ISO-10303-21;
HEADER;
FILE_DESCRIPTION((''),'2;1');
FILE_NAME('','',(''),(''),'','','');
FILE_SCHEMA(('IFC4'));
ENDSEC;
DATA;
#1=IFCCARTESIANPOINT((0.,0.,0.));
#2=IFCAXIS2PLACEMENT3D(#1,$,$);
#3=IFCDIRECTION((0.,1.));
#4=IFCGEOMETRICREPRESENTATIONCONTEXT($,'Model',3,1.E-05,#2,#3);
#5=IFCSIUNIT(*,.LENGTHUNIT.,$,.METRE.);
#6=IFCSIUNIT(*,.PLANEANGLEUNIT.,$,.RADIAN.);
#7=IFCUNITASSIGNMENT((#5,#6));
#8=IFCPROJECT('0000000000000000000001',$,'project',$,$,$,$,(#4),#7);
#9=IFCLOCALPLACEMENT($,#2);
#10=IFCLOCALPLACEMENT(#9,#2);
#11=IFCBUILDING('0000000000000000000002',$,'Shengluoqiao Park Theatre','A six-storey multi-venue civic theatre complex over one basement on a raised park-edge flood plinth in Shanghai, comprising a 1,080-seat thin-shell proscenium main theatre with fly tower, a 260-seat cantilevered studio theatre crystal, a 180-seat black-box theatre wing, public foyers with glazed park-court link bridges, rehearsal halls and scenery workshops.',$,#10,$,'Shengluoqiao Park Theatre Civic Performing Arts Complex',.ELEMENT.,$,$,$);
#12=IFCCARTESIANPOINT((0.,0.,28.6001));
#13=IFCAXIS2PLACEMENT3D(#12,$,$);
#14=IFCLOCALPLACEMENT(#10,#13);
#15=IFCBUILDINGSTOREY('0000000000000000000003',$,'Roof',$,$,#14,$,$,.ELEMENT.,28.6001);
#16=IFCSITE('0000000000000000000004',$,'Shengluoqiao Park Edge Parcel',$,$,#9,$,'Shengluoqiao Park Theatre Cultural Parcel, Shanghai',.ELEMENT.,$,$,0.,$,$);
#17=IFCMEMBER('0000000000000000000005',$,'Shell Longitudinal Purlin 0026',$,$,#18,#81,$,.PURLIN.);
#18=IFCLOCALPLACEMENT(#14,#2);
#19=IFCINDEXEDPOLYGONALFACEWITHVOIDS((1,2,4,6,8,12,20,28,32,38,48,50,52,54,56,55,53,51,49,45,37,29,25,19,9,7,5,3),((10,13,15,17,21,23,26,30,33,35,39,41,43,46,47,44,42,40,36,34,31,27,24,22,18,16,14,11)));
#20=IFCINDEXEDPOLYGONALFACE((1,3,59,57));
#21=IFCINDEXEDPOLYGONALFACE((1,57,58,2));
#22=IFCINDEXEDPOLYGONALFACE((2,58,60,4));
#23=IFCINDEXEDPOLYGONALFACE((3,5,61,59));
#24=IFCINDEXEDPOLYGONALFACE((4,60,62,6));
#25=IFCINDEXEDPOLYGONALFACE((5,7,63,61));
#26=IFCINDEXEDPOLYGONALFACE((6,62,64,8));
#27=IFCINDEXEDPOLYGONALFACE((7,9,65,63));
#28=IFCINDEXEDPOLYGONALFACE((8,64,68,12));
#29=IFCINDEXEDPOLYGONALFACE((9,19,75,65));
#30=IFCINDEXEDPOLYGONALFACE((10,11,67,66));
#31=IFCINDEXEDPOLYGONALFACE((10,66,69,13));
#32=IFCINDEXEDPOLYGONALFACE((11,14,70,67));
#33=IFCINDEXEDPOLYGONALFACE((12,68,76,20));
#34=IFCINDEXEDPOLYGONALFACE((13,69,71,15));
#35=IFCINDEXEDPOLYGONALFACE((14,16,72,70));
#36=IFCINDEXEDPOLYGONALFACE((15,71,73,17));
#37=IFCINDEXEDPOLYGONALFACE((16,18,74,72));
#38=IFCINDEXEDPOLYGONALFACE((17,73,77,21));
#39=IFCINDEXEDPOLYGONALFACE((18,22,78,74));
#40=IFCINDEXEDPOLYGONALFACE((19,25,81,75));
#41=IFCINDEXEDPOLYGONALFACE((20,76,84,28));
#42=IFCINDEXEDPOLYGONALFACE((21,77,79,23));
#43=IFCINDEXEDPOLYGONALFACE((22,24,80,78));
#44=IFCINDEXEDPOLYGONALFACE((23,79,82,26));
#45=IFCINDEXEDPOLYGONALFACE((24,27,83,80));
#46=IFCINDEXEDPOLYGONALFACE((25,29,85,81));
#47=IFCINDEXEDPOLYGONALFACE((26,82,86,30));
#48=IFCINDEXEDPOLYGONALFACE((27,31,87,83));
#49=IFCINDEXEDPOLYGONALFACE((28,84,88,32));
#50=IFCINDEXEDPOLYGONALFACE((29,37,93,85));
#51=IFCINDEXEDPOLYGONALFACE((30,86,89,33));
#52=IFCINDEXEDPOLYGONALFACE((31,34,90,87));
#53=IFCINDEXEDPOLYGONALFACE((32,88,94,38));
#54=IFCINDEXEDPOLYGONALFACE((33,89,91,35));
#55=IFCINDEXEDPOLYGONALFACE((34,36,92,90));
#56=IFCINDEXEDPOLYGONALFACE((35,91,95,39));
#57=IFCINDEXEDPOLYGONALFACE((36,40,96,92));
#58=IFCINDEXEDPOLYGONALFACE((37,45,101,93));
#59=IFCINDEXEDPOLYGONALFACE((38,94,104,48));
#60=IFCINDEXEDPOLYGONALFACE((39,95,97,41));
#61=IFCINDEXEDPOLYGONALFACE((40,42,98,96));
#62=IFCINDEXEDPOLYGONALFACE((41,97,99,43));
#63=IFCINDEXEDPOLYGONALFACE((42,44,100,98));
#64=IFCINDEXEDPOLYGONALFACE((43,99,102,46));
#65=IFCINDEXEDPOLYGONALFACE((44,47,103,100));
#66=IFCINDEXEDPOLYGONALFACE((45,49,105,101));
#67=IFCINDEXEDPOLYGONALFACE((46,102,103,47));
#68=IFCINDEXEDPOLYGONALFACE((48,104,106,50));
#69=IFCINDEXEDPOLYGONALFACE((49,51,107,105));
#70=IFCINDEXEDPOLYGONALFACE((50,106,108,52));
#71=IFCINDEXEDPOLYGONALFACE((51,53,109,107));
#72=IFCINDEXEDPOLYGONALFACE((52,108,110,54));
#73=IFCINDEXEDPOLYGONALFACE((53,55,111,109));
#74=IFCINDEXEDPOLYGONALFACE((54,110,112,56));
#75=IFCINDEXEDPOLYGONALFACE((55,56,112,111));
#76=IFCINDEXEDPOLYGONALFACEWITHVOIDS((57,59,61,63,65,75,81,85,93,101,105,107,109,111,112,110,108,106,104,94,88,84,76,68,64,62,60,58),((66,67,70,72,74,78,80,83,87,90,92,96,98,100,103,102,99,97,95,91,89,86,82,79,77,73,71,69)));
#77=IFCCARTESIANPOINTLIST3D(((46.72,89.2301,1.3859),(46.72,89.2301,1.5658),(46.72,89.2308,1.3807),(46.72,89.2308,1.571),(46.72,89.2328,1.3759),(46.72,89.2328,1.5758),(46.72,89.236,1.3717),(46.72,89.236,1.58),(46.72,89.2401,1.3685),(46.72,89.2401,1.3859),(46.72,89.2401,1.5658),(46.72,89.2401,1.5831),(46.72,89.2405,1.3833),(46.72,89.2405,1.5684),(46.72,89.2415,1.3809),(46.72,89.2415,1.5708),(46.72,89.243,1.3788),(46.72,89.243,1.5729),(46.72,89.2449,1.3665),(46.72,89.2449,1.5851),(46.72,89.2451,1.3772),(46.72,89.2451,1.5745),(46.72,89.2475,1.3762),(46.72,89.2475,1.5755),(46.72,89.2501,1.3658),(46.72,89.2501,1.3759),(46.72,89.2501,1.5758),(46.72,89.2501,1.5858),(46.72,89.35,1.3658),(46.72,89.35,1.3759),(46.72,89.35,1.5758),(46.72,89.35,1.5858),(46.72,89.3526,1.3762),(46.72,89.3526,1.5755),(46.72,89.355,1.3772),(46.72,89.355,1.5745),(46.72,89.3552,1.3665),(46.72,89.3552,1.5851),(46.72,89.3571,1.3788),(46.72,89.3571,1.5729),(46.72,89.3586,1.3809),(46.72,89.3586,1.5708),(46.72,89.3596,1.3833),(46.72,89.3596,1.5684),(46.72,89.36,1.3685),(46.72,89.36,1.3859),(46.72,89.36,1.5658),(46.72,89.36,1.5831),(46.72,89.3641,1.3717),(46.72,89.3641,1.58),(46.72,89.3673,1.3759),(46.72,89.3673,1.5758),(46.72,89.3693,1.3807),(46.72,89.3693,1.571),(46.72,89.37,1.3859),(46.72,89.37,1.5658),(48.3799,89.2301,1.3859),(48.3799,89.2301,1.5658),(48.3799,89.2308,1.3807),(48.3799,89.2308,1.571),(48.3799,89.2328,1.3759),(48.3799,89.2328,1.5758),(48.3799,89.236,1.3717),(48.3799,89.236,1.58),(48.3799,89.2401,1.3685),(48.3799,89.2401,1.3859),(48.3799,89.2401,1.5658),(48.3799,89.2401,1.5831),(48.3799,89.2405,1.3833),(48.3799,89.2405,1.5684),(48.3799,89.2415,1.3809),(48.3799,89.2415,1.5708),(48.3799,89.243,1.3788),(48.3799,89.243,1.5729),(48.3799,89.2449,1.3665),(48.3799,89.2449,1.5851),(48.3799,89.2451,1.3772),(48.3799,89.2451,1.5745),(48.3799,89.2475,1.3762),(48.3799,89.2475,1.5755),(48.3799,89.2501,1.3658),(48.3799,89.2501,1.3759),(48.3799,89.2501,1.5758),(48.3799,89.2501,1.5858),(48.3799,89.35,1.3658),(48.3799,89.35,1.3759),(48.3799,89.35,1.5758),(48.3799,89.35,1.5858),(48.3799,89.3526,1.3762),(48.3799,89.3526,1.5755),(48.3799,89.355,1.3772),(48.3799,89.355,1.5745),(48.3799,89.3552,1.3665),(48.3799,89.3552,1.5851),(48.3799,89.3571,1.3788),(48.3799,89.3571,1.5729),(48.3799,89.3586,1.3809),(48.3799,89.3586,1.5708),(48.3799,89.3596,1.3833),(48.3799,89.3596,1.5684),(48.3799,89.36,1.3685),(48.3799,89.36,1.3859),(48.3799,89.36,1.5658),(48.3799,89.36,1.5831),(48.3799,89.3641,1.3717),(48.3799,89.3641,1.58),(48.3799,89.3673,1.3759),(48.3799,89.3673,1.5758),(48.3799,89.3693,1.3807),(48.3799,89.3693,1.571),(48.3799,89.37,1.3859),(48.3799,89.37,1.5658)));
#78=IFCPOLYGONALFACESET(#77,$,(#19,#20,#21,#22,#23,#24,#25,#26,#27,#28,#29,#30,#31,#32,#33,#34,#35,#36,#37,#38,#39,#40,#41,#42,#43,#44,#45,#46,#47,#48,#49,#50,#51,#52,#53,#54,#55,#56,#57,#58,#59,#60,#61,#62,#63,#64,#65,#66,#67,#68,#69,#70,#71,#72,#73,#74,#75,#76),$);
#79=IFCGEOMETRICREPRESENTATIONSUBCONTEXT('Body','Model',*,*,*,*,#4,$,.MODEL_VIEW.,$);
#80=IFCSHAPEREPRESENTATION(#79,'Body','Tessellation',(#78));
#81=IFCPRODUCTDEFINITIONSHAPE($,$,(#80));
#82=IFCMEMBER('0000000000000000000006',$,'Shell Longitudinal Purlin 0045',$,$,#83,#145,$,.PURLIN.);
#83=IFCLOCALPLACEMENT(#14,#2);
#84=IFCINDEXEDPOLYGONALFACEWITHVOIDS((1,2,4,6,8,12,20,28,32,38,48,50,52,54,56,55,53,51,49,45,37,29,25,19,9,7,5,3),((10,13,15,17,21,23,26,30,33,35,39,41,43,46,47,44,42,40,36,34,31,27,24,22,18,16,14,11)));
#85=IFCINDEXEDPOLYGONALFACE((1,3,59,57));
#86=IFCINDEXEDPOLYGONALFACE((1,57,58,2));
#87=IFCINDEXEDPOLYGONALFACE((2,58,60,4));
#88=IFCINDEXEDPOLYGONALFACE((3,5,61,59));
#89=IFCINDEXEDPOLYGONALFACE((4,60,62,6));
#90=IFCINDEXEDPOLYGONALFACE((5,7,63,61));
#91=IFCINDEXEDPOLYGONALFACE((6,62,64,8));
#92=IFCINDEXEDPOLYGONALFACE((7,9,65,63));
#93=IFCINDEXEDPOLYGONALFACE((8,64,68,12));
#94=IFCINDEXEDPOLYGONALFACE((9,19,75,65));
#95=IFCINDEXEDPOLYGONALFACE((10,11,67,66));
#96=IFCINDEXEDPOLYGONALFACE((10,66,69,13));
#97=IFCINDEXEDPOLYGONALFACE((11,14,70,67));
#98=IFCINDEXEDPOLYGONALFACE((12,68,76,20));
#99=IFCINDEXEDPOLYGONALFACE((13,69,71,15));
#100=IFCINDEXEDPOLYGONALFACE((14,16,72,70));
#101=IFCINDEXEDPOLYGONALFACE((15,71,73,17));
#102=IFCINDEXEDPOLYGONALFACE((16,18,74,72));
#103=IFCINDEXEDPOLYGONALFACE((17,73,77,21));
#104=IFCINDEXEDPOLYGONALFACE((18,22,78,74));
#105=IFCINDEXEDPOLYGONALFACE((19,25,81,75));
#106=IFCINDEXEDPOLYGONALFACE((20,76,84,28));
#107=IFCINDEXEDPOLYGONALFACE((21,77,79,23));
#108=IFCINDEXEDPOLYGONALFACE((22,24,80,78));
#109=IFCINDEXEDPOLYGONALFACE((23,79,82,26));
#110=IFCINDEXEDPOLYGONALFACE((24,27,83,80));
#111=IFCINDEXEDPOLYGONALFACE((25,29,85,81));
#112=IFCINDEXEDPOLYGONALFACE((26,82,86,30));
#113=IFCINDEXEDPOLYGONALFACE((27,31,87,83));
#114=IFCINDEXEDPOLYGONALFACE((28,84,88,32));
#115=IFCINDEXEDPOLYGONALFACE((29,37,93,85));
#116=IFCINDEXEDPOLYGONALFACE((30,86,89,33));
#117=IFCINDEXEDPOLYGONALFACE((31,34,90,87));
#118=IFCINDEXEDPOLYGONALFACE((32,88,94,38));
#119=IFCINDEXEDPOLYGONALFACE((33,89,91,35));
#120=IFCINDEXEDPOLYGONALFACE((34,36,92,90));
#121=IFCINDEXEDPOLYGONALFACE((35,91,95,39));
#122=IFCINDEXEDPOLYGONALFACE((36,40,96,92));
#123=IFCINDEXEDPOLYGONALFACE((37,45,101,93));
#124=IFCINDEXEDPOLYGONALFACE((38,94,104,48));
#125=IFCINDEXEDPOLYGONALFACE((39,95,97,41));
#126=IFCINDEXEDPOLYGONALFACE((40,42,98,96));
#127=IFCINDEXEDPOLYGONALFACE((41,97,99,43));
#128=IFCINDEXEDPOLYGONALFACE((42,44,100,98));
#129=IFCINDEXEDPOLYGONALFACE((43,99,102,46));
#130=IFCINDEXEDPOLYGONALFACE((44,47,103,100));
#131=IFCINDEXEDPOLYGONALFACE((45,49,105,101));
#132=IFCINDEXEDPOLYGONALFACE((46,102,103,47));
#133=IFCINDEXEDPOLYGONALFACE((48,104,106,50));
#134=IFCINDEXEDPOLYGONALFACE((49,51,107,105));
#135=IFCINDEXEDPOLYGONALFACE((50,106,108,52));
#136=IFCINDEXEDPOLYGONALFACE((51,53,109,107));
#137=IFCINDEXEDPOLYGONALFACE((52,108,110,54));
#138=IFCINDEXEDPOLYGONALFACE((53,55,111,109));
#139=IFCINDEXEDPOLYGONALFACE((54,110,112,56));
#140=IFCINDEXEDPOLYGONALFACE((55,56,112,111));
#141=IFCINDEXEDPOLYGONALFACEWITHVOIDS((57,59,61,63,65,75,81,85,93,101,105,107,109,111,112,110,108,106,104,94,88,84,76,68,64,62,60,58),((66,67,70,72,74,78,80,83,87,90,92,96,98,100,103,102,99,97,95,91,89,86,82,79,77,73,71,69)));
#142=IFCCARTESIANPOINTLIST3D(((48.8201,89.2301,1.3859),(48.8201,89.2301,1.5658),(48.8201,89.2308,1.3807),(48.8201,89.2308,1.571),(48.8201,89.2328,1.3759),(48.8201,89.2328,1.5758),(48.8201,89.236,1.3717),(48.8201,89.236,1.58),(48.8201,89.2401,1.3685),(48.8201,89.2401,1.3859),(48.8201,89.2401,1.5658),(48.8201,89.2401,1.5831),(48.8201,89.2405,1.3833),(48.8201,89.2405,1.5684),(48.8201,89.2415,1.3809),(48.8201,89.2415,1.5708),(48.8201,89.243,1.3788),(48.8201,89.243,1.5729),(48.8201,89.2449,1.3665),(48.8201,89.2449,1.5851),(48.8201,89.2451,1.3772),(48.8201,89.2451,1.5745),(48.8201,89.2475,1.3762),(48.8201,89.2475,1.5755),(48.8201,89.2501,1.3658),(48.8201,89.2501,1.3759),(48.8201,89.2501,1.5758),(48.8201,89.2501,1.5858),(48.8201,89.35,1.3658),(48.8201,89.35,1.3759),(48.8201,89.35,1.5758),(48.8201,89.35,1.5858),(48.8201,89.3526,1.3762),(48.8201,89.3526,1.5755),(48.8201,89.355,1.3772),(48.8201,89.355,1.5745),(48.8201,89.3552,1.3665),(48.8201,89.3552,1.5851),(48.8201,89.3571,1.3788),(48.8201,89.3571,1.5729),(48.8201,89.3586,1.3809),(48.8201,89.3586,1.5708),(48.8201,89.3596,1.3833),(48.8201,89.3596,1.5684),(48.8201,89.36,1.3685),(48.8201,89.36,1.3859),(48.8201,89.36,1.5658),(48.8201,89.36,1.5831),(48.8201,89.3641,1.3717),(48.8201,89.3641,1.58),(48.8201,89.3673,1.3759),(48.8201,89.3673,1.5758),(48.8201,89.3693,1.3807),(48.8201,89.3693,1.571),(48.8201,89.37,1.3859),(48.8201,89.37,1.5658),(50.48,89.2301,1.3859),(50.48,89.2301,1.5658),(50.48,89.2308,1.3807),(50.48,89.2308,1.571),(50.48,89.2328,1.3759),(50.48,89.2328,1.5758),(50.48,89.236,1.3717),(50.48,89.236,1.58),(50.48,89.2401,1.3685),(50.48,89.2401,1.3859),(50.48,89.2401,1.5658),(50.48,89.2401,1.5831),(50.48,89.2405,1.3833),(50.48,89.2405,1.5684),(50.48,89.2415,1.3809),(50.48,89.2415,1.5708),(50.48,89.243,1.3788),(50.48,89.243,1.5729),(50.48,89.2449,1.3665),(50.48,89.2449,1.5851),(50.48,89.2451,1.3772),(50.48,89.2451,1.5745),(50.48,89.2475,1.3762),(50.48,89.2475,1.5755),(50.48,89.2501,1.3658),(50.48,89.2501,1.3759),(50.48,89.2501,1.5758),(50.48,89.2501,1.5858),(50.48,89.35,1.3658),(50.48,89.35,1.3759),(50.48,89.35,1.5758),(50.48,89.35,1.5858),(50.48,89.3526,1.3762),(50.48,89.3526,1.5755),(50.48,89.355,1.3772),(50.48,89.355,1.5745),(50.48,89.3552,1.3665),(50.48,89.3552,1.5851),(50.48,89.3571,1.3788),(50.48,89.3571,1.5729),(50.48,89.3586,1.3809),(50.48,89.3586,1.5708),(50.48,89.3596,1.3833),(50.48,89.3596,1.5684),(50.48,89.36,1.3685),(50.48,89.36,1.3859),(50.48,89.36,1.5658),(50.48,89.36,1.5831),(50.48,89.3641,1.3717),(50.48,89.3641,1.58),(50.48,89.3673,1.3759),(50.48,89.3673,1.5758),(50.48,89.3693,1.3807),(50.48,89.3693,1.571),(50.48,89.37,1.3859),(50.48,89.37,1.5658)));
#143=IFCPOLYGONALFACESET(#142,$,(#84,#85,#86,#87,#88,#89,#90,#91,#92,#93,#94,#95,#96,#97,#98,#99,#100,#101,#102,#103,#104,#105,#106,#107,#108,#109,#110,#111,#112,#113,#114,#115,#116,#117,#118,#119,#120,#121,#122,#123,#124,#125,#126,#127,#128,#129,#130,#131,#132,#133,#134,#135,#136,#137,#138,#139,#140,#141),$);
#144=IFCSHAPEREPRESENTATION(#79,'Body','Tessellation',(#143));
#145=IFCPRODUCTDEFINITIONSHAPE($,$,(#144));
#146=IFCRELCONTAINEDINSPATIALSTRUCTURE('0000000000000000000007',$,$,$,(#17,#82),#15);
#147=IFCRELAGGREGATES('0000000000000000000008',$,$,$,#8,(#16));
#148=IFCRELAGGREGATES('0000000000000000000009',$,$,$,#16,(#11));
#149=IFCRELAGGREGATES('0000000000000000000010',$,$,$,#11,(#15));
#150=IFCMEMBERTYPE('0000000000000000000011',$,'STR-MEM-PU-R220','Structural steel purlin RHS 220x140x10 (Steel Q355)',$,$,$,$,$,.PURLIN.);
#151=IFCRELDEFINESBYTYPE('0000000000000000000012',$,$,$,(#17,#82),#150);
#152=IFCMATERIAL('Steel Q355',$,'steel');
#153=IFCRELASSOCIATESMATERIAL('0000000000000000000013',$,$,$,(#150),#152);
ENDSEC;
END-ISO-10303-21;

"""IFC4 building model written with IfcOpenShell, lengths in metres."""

from ifc_helpers import new_model, si_unit, direction, frame, origin, origin_2d, place, context, subcontext, project, spatial, hollow_rectangle, extrude, material, material_profile, profile_set, type_object, element, save


model = new_model("IFC4")

# Units and contexts
model_context = context("Model", 3, precision=1e-05, world=origin(), true_north=direction((0.0, 1.0)))
body_context = subcontext(model_context, "Body", "Model", "MODEL_VIEW")
ifc_project = project(units=[si_unit("LENGTHUNIT", "METRE"), si_unit("PLANEANGLEUNIT", "RADIAN")], contexts=[model_context])

# Site, building, storey
site_placement = place(None, origin())
site = spatial("IfcSite", under=ifc_project, at=site_placement, Name="Shengluoqiao Park Edge Parcel", LongName="Shengluoqiao Park Theatre Cultural Parcel, Shanghai", CompositionType="ELEMENT", RefElevation=0.0)
building_placement = place(site_placement, origin())
building = spatial("IfcBuilding", under=site, at=building_placement, Name="Shengluoqiao Park Theatre", Description="A six-storey multi-venue civic theatre complex over one basement on a raised park-edge flood plinth in Shanghai, comprising a 1,080-seat thin-shell proscenium main theatre with fly tower, a 260-seat cantilevered studio theatre crystal, a 180-seat black-box theatre wing, public foyers with glazed park-court link bridges, rehearsal halls and scenery workshops.", LongName="Shengluoqiao Park Theatre Civic Performing Arts Complex", CompositionType="ELEMENT")
storey_placement = place(building_placement, frame((0.0, 0.0, 28.6001)))
storey = spatial("IfcBuildingStorey", under=building, at=storey_placement, Name="Roof", CompositionType="ELEMENT", Elevation=28.6001)

# Shared definitions
ifc_material_1 = material(Name="Steel Q355", Category="steel")

# Members
ifc_material_profile_1 = material_profile(ifc_material_1, hollow_rectangle(XDim=0.1399, YDim=0.22, WallThickness=0.01, InnerFilletRadius=0.01, OuterFilletRadius=0.02, at=origin_2d()), Name="RHS 220x140x10")
ifc_profile_set_1 = profile_set([ifc_material_profile_1], Name="Steel Q355")
member_type_1 = type_object("IfcMemberType", Name="STR-MEM-PU-R220", Description="Structural steel purlin RHS 220x140x10 (Steel Q355)", PredefinedType="PURLIN", material=ifc_profile_set_1)
for number, where, z_axis, x_axis, name in (
    (1, (46.72, 89.3, 1.4758), (1.0, 0.0, 0.0), (0.0, 1.0, 0.0), "Shell Longitudinal Purlin 0026"),
    (2, (48.8201, 89.3, 1.4758), (1.0, 0.0, 0.0), (0.0, 1.0, 0.0), "Shell Longitudinal Purlin 0045"),
):
    element("IfcMember", number, at=place(storey_placement, frame(where, z_axis=z_axis, x_axis=x_axis)), inside=storey, type_object=member_type_1, Name=name, PredefinedType="PURLIN", context=body_context, shape_type="SweptSolid", body=[
        extrude(hollow_rectangle(XDim=0.1399, YDim=0.22, WallThickness=0.01, InnerFilletRadius=0.01, OuterFilletRadius=0.02, at=origin_2d()), origin(), (0.0, 0.0, 1.0), 1.6599),
    ])

save(model, "model.ifc")
